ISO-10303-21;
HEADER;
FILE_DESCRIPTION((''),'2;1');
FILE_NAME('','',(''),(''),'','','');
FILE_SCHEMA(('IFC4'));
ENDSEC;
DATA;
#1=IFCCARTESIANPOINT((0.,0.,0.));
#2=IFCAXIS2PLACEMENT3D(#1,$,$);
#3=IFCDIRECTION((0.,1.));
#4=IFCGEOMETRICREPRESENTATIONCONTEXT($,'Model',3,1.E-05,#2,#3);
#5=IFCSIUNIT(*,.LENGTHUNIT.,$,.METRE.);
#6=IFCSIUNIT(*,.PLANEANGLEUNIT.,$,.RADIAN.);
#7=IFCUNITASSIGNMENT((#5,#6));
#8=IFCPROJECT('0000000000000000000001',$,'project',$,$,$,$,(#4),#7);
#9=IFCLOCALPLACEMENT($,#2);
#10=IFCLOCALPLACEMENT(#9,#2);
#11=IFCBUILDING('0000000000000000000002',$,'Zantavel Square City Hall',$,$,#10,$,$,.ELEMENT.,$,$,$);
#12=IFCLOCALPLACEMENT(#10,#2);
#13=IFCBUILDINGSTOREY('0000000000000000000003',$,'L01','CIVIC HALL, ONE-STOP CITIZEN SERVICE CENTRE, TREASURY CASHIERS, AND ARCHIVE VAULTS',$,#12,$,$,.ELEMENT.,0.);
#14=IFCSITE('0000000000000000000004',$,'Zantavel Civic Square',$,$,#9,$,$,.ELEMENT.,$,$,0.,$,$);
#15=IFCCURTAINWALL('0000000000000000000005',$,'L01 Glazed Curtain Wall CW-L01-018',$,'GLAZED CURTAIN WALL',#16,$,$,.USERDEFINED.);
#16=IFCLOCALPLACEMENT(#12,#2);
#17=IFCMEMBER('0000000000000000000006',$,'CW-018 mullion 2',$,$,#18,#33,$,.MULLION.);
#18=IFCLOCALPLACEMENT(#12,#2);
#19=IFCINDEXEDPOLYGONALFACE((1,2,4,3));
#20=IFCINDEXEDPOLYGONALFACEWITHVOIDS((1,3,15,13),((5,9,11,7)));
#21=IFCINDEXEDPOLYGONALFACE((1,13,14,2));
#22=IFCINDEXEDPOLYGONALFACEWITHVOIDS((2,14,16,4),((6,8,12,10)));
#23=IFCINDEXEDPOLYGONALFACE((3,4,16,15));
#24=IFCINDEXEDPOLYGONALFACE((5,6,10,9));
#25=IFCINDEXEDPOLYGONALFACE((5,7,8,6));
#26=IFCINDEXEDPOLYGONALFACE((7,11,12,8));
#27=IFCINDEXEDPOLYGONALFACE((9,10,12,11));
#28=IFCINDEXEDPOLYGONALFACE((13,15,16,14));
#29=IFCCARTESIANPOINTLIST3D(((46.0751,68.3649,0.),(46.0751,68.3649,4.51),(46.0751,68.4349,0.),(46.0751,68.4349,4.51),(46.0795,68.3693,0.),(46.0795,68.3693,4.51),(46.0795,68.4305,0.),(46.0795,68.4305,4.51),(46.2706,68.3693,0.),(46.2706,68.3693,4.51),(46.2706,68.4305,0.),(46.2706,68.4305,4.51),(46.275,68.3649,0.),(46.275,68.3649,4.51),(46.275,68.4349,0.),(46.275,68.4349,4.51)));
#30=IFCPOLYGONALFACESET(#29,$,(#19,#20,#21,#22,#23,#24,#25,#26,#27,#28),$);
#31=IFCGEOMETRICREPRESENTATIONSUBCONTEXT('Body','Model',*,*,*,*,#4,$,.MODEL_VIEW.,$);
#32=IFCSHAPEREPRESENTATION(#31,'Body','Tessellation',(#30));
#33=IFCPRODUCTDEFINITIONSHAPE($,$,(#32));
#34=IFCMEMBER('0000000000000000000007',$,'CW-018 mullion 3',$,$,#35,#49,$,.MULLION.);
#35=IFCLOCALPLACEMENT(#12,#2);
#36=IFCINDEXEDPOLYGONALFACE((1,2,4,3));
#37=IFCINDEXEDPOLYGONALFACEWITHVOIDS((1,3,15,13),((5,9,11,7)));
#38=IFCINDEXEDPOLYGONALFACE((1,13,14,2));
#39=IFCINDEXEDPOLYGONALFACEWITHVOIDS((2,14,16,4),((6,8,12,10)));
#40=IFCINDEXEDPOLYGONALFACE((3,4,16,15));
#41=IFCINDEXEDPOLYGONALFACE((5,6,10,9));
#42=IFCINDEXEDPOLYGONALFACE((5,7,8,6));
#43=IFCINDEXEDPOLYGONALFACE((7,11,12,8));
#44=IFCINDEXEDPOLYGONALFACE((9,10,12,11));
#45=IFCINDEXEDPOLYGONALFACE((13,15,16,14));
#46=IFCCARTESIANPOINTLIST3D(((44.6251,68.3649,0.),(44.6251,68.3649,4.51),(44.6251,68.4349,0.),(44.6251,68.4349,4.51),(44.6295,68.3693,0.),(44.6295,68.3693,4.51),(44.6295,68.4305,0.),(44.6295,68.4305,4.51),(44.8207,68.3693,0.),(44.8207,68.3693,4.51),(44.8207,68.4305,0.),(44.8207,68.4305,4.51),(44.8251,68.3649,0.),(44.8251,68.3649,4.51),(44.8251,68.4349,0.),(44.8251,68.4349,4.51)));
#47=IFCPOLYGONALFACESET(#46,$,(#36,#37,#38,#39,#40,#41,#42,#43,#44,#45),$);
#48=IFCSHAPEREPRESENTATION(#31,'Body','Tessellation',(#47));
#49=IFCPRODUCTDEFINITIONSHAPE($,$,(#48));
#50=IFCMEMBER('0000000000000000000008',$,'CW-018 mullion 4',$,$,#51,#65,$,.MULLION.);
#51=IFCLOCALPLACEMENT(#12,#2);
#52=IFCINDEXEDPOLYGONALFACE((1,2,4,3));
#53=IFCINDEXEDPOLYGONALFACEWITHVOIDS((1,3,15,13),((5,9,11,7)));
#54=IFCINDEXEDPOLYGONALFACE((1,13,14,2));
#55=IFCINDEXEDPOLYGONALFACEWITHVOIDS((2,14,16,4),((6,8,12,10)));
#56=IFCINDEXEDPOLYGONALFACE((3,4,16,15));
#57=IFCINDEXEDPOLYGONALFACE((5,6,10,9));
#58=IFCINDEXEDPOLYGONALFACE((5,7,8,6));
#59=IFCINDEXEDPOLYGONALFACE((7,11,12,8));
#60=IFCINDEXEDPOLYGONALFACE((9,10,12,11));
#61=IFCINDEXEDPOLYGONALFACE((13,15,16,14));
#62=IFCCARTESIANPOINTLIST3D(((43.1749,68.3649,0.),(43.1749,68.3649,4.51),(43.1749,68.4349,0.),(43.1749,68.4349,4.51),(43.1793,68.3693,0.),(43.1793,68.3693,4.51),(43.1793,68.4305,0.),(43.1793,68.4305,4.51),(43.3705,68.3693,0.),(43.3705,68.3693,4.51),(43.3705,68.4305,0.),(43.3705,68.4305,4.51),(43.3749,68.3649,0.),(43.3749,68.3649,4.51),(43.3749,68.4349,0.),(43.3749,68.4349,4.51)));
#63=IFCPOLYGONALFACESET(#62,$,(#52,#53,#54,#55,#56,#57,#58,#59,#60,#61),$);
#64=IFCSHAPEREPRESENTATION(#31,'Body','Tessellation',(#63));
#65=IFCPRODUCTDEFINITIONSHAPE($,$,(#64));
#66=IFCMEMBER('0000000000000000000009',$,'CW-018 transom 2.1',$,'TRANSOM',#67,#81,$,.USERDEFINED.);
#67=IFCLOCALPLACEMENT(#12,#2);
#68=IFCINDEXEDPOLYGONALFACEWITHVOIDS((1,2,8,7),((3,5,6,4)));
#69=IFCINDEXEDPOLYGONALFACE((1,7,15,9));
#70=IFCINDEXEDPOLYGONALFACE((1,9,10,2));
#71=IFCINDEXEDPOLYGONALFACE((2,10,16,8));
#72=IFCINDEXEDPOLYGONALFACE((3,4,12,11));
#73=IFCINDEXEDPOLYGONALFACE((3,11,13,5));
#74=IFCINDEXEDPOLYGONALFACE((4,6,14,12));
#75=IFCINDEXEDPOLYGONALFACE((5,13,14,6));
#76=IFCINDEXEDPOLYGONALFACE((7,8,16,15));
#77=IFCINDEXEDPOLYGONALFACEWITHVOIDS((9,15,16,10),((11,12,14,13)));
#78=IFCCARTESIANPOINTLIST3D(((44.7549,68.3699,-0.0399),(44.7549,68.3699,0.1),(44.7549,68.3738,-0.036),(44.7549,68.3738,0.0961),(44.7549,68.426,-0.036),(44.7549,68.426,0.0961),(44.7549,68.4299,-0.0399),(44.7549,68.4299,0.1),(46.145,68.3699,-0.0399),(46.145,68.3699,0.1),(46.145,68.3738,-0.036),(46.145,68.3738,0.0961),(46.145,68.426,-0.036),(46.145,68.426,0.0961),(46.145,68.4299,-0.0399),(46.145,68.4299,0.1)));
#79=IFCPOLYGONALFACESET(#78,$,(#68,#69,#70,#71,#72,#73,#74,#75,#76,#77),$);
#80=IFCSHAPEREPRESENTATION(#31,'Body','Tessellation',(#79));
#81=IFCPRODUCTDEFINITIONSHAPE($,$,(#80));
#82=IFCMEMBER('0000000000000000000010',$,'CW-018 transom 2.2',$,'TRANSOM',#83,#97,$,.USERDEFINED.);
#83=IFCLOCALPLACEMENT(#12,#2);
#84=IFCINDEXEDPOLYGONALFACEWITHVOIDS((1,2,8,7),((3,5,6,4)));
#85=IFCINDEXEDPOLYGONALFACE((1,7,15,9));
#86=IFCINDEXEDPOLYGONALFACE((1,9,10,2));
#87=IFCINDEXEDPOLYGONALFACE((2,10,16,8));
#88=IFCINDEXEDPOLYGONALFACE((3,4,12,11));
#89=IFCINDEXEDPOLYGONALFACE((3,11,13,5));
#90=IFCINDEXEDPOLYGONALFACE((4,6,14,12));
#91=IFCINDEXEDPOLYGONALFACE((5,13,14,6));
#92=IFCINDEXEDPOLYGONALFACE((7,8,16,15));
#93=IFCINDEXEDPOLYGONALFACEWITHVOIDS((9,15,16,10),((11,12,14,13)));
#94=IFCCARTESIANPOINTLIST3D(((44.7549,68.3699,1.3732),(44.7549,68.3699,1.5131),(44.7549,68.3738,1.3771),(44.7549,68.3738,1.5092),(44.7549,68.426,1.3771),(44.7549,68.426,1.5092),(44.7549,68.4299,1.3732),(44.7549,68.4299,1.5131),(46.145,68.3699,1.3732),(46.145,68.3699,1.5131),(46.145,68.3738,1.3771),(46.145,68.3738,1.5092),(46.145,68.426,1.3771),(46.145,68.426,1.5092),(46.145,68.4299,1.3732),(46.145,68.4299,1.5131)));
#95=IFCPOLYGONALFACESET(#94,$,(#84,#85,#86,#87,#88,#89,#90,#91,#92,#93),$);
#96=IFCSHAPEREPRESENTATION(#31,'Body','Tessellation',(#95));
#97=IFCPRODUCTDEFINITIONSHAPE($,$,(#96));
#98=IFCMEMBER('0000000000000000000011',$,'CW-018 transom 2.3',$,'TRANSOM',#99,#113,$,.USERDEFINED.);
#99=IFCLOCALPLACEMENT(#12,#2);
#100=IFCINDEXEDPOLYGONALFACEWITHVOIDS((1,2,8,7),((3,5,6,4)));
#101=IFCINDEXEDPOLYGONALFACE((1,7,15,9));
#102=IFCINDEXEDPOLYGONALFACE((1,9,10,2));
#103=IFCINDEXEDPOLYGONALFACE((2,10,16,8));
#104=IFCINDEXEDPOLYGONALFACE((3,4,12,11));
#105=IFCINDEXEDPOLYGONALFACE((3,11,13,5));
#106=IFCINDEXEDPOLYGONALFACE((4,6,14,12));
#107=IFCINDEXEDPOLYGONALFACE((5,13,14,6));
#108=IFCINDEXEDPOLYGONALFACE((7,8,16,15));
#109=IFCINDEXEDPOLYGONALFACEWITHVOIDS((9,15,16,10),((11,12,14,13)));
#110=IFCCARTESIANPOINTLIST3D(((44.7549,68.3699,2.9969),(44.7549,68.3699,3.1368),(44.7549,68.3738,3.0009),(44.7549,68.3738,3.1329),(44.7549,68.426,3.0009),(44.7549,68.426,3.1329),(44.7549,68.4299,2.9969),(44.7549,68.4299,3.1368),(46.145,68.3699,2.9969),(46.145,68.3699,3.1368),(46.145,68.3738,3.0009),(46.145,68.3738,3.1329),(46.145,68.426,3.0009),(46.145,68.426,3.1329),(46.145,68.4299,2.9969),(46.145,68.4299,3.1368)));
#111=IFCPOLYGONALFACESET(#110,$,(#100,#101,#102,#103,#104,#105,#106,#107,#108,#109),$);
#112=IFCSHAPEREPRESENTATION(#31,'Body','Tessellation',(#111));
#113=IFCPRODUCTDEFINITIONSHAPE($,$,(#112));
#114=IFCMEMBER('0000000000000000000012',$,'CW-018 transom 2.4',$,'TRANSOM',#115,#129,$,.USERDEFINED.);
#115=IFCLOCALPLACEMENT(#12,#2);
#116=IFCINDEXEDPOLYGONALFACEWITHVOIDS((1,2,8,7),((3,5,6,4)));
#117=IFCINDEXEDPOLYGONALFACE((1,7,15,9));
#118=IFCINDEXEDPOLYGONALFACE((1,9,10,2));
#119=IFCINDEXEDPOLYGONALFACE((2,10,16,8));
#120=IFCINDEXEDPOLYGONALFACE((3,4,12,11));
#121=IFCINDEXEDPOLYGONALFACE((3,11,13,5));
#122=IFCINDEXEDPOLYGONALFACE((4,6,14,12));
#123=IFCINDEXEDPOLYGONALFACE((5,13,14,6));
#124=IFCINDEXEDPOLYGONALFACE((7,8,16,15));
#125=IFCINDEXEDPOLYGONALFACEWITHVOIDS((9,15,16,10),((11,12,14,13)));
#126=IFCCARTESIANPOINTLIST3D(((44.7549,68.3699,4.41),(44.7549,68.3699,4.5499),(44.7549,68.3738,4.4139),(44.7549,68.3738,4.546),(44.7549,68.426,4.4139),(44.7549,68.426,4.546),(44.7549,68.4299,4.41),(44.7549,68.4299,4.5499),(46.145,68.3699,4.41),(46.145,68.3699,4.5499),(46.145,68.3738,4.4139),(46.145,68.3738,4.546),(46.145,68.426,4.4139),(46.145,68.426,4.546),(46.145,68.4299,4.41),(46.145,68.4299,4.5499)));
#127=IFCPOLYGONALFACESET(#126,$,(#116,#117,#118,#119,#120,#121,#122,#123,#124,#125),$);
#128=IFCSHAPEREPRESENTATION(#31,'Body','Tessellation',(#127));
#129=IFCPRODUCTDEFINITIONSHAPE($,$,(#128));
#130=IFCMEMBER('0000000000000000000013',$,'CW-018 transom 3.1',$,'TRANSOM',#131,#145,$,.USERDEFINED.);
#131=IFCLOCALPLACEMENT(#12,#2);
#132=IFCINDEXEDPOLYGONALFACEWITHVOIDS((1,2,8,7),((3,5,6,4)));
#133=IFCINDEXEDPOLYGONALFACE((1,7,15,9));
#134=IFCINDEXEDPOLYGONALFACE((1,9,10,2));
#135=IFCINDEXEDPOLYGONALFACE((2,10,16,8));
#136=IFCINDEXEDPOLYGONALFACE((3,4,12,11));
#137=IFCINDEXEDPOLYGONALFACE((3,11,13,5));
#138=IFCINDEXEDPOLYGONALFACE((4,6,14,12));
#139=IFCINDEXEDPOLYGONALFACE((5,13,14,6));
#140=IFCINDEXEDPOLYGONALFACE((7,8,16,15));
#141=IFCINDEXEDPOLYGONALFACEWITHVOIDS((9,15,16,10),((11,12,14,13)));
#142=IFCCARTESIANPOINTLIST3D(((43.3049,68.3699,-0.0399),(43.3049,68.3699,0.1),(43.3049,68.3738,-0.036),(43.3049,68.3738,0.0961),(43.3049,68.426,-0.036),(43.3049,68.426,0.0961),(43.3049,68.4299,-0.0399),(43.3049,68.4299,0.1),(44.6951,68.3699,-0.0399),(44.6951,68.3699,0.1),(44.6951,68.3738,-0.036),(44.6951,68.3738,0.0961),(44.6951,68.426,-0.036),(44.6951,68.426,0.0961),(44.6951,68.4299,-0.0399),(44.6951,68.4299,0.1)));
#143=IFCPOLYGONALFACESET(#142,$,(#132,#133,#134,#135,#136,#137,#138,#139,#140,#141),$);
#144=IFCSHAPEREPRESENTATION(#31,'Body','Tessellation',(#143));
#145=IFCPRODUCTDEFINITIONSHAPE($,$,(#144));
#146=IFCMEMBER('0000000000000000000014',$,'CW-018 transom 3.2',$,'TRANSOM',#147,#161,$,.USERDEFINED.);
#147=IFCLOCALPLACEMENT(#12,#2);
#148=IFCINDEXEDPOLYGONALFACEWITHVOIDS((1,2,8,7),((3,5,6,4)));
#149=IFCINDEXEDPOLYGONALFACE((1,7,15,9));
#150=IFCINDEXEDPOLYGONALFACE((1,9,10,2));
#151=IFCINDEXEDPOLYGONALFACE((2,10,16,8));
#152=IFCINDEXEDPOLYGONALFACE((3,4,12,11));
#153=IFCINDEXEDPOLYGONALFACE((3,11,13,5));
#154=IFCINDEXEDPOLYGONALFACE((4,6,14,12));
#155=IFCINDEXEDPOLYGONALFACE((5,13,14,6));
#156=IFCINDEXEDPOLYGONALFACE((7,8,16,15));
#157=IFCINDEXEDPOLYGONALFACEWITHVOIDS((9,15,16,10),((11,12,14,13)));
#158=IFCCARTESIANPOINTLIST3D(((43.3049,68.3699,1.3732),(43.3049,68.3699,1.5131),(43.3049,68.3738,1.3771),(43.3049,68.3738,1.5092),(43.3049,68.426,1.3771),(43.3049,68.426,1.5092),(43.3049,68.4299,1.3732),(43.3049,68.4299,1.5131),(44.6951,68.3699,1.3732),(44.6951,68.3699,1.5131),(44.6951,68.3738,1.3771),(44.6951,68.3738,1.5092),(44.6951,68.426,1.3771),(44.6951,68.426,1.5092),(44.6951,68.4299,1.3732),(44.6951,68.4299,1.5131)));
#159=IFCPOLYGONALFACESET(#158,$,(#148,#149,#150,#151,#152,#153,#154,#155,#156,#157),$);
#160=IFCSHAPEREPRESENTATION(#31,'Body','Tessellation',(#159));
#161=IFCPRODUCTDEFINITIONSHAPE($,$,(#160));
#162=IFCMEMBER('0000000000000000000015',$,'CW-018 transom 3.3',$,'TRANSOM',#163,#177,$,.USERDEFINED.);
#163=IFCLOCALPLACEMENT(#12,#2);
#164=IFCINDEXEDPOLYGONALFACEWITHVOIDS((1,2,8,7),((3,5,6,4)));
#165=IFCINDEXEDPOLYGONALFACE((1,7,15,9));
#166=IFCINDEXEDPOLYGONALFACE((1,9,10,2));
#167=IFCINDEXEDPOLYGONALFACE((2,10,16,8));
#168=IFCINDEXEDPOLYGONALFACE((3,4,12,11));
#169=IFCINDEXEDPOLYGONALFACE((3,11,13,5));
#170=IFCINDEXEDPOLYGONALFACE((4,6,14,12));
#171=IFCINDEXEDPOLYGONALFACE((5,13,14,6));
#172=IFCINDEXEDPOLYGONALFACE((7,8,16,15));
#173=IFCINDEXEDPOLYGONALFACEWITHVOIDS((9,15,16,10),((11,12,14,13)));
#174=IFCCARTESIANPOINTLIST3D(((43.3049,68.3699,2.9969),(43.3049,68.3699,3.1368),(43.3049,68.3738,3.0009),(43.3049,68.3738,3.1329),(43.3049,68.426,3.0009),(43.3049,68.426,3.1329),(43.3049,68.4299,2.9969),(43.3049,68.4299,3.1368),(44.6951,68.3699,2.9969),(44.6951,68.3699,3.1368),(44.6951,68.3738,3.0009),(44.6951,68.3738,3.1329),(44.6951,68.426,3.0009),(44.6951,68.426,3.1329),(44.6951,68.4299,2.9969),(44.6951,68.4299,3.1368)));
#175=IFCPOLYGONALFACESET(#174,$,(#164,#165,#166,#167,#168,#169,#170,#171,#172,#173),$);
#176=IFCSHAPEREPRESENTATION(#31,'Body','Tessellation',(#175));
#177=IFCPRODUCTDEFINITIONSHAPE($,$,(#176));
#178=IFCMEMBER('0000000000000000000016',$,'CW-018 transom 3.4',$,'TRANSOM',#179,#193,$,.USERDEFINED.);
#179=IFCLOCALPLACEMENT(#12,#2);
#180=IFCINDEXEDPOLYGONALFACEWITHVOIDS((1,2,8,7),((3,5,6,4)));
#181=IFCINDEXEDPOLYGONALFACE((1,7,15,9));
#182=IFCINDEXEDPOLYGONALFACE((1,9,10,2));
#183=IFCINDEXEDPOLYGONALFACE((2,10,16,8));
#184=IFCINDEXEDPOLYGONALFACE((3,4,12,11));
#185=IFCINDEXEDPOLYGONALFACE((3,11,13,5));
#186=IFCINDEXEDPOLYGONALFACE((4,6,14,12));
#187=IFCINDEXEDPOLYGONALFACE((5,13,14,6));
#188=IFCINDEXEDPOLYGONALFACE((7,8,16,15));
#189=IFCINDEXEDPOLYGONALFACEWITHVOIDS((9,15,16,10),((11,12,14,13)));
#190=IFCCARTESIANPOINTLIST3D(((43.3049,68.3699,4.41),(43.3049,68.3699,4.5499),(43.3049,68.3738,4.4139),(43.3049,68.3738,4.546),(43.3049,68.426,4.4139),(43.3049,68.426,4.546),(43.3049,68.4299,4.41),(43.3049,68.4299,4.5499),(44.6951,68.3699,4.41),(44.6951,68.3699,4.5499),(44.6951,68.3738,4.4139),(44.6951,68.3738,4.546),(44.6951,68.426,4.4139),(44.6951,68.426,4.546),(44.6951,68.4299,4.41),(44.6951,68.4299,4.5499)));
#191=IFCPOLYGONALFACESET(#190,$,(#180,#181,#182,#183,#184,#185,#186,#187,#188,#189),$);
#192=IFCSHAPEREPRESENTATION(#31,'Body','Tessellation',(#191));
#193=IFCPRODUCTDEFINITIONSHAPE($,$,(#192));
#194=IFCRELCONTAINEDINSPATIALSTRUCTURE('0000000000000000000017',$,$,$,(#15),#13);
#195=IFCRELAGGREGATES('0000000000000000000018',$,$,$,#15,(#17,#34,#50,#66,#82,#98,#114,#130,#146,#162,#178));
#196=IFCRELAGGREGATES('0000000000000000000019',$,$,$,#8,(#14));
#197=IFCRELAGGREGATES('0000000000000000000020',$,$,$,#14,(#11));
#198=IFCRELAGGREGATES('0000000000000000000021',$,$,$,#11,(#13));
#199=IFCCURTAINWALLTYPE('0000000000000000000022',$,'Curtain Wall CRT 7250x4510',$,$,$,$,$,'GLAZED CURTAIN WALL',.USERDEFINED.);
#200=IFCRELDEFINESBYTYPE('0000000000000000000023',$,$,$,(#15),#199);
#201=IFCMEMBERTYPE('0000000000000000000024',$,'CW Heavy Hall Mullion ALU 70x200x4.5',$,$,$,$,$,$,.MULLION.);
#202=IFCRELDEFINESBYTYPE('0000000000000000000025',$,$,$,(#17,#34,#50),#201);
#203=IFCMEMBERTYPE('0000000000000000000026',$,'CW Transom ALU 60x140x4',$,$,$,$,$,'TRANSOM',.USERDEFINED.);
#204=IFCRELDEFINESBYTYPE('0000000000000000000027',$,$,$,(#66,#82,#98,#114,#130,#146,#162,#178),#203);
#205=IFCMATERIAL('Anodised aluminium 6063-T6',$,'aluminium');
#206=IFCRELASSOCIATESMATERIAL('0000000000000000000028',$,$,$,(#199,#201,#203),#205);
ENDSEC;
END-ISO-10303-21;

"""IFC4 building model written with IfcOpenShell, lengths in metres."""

from ifc_helpers import new_model, si_unit, direction, frame, origin, origin_2d, place, context, subcontext, project, spatial, hollow_rectangle, extrude, material, material_profile, profile_set, type_object, element, aggregate, save


model = new_model("IFC4")

# Units and contexts
model_context = context("Model", 3, precision=1e-05, world=origin(), true_north=direction((0.0, 1.0)))
body_context = subcontext(model_context, "Body", "Model", "MODEL_VIEW")
ifc_project = project(units=[si_unit("LENGTHUNIT", "METRE"), si_unit("PLANEANGLEUNIT", "RADIAN")], contexts=[model_context])

# Site, building, storey
site_placement = place(None, origin())
site = spatial("IfcSite", under=ifc_project, at=site_placement, Name="Zantavel Civic Square", CompositionType="ELEMENT", RefElevation=0.0)
building_placement = place(site_placement, origin())
building = spatial("IfcBuilding", under=site, at=building_placement, Name="Zantavel Square City Hall", CompositionType="ELEMENT")
storey_placement = place(building_placement, origin())
storey = spatial("IfcBuildingStorey", under=building, at=storey_placement, Name="L01", Description="CIVIC HALL, ONE-STOP CITIZEN SERVICE CENTRE, TREASURY CASHIERS, AND ARCHIVE VAULTS", CompositionType="ELEMENT", Elevation=0.0)

# Curtain wall, members
ifc_material_1 = material(Name="Anodised aluminium 6063-T6", Category="aluminium")
curtain_wall_type = type_object("IfcCurtainWallType", Name="Curtain Wall CRT 7250x4510", ElementType="GLAZED CURTAIN WALL", PredefinedType="USERDEFINED", material=ifc_material_1)
curtain_wall_placement = place(storey_placement, origin())
curtain_wall = element("IfcCurtainWall", 1, at=curtain_wall_placement, inside=storey, type_object=curtain_wall_type, Name="L01 Glazed Curtain Wall CW-L01-018", ObjectType="GLAZED CURTAIN WALL", PredefinedType="USERDEFINED")
ifc_material_profile_1 = material_profile(ifc_material_1, hollow_rectangle(XDim=0.0701, YDim=0.2, WallThickness=0.0044, at=origin_2d()), Name="ALU 70x200x4.5")
ifc_profile_set_1 = profile_set([ifc_material_profile_1], Name="Anodised aluminium 6063-T6")
member_type_1 = type_object("IfcMemberType", Name="CW Heavy Hall Mullion ALU 70x200x4.5", PredefinedType="MULLION", material=ifc_profile_set_1)
member_1_placement = place(storey_placement, frame((46.175, 68.3999, 0.0), z_axis=(0.0, 0.0, 1.0), x_axis=(0.0, -1.0, 0.0)))
member_1 = element("IfcMember", 2, at=member_1_placement, type_object=member_type_1, Name="CW-018 mullion 2", PredefinedType="MULLION", context=body_context, shape_type="SweptSolid", body=[
    extrude(hollow_rectangle(XDim=0.0701, YDim=0.2, WallThickness=0.0044, at=origin_2d()), origin(), (0.0, 0.0, 1.0), 4.51),
])
member_2_placement = place(storey_placement, frame((44.7251, 68.3999, 0.0), z_axis=(0.0, 0.0, 1.0), x_axis=(0.0, -1.0, 0.0)))
member_2 = element("IfcMember", 3, at=member_2_placement, type_object=member_type_1, Name="CW-018 mullion 3", PredefinedType="MULLION", context=body_context, shape_type="SweptSolid", body=[
    extrude(hollow_rectangle(XDim=0.0701, YDim=0.2, WallThickness=0.0044, at=origin_2d()), origin(), (0.0, 0.0, 1.0), 4.51),
])
member_3_placement = place(storey_placement, frame((43.2749, 68.3999, 0.0), z_axis=(0.0, 0.0, 1.0), x_axis=(0.0, -1.0, 0.0)))
member_3 = element("IfcMember", 4, at=member_3_placement, type_object=member_type_1, Name="CW-018 mullion 4", PredefinedType="MULLION", context=body_context, shape_type="SweptSolid", body=[
    extrude(hollow_rectangle(XDim=0.0701, YDim=0.2, WallThickness=0.0044, at=origin_2d()), origin(), (0.0, 0.0, 1.0), 4.51),
])
ifc_material_profile_2 = material_profile(ifc_material_1, hollow_rectangle(XDim=0.0601, YDim=0.1399, WallThickness=0.0039, at=origin_2d()), Name="ALU 60x140x4")
ifc_profile_set_2 = profile_set([ifc_material_profile_2], Name="Anodised aluminium 6063-T6")
member_type_2 = type_object("IfcMemberType", Name="CW Transom ALU 60x140x4", ElementType="TRANSOM", PredefinedType="USERDEFINED", material=ifc_profile_set_2)
member_4_placement = place(storey_placement, frame((46.145, 68.3999, 0.03), z_axis=(-1.0, 0.0, 0.0), x_axis=(0.0, -1.0, 0.0)))
member_4 = element("IfcMember", 5, at=member_4_placement, type_object=member_type_2, Name="CW-018 transom 2.1", ObjectType="TRANSOM", PredefinedType="USERDEFINED", context=body_context, shape_type="SweptSolid", body=[
    extrude(hollow_rectangle(XDim=0.0601, YDim=0.1399, WallThickness=0.0039, at=origin_2d()), origin(), (0.0, 0.0, 1.0), 1.3901),
])
member_5_placement = place(storey_placement, frame((46.145, 68.3999, 1.4431), z_axis=(-1.0, 0.0, 0.0), x_axis=(0.0, -1.0, 0.0)))
member_5 = element("IfcMember", 6, at=member_5_placement, type_object=member_type_2, Name="CW-018 transom 2.2", ObjectType="TRANSOM", PredefinedType="USERDEFINED", context=body_context, shape_type="SweptSolid", body=[
    extrude(hollow_rectangle(XDim=0.0601, YDim=0.1399, WallThickness=0.0039, at=origin_2d()), origin(), (0.0, 0.0, 1.0), 1.3901),
])
member_6_placement = place(storey_placement, frame((46.145, 68.3999, 3.0669), z_axis=(-1.0, 0.0, 0.0), x_axis=(0.0, -1.0, 0.0)))
member_6 = element("IfcMember", 7, at=member_6_placement, type_object=member_type_2, Name="CW-018 transom 2.3", ObjectType="TRANSOM", PredefinedType="USERDEFINED", context=body_context, shape_type="SweptSolid", body=[
    extrude(hollow_rectangle(XDim=0.0601, YDim=0.1399, WallThickness=0.0039, at=origin_2d()), origin(), (0.0, 0.0, 1.0), 1.3901),
])
member_7_placement = place(storey_placement, frame((46.145, 68.3999, 4.48), z_axis=(-1.0, 0.0, 0.0), x_axis=(0.0, -1.0, 0.0)))
member_7 = element("IfcMember", 8, at=member_7_placement, type_object=member_type_2, Name="CW-018 transom 2.4", ObjectType="TRANSOM", PredefinedType="USERDEFINED", context=body_context, shape_type="SweptSolid", body=[
    extrude(hollow_rectangle(XDim=0.0601, YDim=0.1399, WallThickness=0.0039, at=origin_2d()), origin(), (0.0, 0.0, 1.0), 1.3901),
])
member_8_placement = place(storey_placement, frame((44.6951, 68.3999, 0.03), z_axis=(-1.0, 0.0, 0.0), x_axis=(0.0, -1.0, 0.0)))
member_8 = element("IfcMember", 9, at=member_8_placement, type_object=member_type_2, Name="CW-018 transom 3.1", ObjectType="TRANSOM", PredefinedType="USERDEFINED", context=body_context, shape_type="SweptSolid", body=[
    extrude(hollow_rectangle(XDim=0.0601, YDim=0.1399, WallThickness=0.0039, at=origin_2d()), origin(), (0.0, 0.0, 1.0), 1.3901),
])
member_9_placement = place(storey_placement, frame((44.6951, 68.3999, 1.4431), z_axis=(-1.0, 0.0, 0.0), x_axis=(0.0, -1.0, 0.0)))
member_9 = element("IfcMember", 10, at=member_9_placement, type_object=member_type_2, Name="CW-018 transom 3.2", ObjectType="TRANSOM", PredefinedType="USERDEFINED", context=body_context, shape_type="SweptSolid", body=[
    extrude(hollow_rectangle(XDim=0.0601, YDim=0.1399, WallThickness=0.0039, at=origin_2d()), origin(), (0.0, 0.0, 1.0), 1.3901),
])
member_10_placement = place(storey_placement, frame((44.6951, 68.3999, 3.0669), z_axis=(-1.0, 0.0, 0.0), x_axis=(0.0, -1.0, 0.0)))
member_10 = element("IfcMember", 11, at=member_10_placement, type_object=member_type_2, Name="CW-018 transom 3.3", ObjectType="TRANSOM", PredefinedType="USERDEFINED", context=body_context, shape_type="SweptSolid", body=[
    extrude(hollow_rectangle(XDim=0.0601, YDim=0.1399, WallThickness=0.0039, at=origin_2d()), origin(), (0.0, 0.0, 1.0), 1.3901),
])
member_11_placement = place(storey_placement, frame((44.6951, 68.3999, 4.48), z_axis=(-1.0, 0.0, 0.0), x_axis=(0.0, -1.0, 0.0)))
member_11 = element("IfcMember", 12, at=member_11_placement, type_object=member_type_2, Name="CW-018 transom 3.4", ObjectType="TRANSOM", PredefinedType="USERDEFINED", context=body_context, shape_type="SweptSolid", body=[
    extrude(hollow_rectangle(XDim=0.0601, YDim=0.1399, WallThickness=0.0039, at=origin_2d()), origin(), (0.0, 0.0, 1.0), 1.3901),
])
aggregate(curtain_wall, [member_1, member_2, member_3, member_4, member_5, member_6, member_7, member_8, member_9, member_10, member_11])

save(model, "model.ifc")
